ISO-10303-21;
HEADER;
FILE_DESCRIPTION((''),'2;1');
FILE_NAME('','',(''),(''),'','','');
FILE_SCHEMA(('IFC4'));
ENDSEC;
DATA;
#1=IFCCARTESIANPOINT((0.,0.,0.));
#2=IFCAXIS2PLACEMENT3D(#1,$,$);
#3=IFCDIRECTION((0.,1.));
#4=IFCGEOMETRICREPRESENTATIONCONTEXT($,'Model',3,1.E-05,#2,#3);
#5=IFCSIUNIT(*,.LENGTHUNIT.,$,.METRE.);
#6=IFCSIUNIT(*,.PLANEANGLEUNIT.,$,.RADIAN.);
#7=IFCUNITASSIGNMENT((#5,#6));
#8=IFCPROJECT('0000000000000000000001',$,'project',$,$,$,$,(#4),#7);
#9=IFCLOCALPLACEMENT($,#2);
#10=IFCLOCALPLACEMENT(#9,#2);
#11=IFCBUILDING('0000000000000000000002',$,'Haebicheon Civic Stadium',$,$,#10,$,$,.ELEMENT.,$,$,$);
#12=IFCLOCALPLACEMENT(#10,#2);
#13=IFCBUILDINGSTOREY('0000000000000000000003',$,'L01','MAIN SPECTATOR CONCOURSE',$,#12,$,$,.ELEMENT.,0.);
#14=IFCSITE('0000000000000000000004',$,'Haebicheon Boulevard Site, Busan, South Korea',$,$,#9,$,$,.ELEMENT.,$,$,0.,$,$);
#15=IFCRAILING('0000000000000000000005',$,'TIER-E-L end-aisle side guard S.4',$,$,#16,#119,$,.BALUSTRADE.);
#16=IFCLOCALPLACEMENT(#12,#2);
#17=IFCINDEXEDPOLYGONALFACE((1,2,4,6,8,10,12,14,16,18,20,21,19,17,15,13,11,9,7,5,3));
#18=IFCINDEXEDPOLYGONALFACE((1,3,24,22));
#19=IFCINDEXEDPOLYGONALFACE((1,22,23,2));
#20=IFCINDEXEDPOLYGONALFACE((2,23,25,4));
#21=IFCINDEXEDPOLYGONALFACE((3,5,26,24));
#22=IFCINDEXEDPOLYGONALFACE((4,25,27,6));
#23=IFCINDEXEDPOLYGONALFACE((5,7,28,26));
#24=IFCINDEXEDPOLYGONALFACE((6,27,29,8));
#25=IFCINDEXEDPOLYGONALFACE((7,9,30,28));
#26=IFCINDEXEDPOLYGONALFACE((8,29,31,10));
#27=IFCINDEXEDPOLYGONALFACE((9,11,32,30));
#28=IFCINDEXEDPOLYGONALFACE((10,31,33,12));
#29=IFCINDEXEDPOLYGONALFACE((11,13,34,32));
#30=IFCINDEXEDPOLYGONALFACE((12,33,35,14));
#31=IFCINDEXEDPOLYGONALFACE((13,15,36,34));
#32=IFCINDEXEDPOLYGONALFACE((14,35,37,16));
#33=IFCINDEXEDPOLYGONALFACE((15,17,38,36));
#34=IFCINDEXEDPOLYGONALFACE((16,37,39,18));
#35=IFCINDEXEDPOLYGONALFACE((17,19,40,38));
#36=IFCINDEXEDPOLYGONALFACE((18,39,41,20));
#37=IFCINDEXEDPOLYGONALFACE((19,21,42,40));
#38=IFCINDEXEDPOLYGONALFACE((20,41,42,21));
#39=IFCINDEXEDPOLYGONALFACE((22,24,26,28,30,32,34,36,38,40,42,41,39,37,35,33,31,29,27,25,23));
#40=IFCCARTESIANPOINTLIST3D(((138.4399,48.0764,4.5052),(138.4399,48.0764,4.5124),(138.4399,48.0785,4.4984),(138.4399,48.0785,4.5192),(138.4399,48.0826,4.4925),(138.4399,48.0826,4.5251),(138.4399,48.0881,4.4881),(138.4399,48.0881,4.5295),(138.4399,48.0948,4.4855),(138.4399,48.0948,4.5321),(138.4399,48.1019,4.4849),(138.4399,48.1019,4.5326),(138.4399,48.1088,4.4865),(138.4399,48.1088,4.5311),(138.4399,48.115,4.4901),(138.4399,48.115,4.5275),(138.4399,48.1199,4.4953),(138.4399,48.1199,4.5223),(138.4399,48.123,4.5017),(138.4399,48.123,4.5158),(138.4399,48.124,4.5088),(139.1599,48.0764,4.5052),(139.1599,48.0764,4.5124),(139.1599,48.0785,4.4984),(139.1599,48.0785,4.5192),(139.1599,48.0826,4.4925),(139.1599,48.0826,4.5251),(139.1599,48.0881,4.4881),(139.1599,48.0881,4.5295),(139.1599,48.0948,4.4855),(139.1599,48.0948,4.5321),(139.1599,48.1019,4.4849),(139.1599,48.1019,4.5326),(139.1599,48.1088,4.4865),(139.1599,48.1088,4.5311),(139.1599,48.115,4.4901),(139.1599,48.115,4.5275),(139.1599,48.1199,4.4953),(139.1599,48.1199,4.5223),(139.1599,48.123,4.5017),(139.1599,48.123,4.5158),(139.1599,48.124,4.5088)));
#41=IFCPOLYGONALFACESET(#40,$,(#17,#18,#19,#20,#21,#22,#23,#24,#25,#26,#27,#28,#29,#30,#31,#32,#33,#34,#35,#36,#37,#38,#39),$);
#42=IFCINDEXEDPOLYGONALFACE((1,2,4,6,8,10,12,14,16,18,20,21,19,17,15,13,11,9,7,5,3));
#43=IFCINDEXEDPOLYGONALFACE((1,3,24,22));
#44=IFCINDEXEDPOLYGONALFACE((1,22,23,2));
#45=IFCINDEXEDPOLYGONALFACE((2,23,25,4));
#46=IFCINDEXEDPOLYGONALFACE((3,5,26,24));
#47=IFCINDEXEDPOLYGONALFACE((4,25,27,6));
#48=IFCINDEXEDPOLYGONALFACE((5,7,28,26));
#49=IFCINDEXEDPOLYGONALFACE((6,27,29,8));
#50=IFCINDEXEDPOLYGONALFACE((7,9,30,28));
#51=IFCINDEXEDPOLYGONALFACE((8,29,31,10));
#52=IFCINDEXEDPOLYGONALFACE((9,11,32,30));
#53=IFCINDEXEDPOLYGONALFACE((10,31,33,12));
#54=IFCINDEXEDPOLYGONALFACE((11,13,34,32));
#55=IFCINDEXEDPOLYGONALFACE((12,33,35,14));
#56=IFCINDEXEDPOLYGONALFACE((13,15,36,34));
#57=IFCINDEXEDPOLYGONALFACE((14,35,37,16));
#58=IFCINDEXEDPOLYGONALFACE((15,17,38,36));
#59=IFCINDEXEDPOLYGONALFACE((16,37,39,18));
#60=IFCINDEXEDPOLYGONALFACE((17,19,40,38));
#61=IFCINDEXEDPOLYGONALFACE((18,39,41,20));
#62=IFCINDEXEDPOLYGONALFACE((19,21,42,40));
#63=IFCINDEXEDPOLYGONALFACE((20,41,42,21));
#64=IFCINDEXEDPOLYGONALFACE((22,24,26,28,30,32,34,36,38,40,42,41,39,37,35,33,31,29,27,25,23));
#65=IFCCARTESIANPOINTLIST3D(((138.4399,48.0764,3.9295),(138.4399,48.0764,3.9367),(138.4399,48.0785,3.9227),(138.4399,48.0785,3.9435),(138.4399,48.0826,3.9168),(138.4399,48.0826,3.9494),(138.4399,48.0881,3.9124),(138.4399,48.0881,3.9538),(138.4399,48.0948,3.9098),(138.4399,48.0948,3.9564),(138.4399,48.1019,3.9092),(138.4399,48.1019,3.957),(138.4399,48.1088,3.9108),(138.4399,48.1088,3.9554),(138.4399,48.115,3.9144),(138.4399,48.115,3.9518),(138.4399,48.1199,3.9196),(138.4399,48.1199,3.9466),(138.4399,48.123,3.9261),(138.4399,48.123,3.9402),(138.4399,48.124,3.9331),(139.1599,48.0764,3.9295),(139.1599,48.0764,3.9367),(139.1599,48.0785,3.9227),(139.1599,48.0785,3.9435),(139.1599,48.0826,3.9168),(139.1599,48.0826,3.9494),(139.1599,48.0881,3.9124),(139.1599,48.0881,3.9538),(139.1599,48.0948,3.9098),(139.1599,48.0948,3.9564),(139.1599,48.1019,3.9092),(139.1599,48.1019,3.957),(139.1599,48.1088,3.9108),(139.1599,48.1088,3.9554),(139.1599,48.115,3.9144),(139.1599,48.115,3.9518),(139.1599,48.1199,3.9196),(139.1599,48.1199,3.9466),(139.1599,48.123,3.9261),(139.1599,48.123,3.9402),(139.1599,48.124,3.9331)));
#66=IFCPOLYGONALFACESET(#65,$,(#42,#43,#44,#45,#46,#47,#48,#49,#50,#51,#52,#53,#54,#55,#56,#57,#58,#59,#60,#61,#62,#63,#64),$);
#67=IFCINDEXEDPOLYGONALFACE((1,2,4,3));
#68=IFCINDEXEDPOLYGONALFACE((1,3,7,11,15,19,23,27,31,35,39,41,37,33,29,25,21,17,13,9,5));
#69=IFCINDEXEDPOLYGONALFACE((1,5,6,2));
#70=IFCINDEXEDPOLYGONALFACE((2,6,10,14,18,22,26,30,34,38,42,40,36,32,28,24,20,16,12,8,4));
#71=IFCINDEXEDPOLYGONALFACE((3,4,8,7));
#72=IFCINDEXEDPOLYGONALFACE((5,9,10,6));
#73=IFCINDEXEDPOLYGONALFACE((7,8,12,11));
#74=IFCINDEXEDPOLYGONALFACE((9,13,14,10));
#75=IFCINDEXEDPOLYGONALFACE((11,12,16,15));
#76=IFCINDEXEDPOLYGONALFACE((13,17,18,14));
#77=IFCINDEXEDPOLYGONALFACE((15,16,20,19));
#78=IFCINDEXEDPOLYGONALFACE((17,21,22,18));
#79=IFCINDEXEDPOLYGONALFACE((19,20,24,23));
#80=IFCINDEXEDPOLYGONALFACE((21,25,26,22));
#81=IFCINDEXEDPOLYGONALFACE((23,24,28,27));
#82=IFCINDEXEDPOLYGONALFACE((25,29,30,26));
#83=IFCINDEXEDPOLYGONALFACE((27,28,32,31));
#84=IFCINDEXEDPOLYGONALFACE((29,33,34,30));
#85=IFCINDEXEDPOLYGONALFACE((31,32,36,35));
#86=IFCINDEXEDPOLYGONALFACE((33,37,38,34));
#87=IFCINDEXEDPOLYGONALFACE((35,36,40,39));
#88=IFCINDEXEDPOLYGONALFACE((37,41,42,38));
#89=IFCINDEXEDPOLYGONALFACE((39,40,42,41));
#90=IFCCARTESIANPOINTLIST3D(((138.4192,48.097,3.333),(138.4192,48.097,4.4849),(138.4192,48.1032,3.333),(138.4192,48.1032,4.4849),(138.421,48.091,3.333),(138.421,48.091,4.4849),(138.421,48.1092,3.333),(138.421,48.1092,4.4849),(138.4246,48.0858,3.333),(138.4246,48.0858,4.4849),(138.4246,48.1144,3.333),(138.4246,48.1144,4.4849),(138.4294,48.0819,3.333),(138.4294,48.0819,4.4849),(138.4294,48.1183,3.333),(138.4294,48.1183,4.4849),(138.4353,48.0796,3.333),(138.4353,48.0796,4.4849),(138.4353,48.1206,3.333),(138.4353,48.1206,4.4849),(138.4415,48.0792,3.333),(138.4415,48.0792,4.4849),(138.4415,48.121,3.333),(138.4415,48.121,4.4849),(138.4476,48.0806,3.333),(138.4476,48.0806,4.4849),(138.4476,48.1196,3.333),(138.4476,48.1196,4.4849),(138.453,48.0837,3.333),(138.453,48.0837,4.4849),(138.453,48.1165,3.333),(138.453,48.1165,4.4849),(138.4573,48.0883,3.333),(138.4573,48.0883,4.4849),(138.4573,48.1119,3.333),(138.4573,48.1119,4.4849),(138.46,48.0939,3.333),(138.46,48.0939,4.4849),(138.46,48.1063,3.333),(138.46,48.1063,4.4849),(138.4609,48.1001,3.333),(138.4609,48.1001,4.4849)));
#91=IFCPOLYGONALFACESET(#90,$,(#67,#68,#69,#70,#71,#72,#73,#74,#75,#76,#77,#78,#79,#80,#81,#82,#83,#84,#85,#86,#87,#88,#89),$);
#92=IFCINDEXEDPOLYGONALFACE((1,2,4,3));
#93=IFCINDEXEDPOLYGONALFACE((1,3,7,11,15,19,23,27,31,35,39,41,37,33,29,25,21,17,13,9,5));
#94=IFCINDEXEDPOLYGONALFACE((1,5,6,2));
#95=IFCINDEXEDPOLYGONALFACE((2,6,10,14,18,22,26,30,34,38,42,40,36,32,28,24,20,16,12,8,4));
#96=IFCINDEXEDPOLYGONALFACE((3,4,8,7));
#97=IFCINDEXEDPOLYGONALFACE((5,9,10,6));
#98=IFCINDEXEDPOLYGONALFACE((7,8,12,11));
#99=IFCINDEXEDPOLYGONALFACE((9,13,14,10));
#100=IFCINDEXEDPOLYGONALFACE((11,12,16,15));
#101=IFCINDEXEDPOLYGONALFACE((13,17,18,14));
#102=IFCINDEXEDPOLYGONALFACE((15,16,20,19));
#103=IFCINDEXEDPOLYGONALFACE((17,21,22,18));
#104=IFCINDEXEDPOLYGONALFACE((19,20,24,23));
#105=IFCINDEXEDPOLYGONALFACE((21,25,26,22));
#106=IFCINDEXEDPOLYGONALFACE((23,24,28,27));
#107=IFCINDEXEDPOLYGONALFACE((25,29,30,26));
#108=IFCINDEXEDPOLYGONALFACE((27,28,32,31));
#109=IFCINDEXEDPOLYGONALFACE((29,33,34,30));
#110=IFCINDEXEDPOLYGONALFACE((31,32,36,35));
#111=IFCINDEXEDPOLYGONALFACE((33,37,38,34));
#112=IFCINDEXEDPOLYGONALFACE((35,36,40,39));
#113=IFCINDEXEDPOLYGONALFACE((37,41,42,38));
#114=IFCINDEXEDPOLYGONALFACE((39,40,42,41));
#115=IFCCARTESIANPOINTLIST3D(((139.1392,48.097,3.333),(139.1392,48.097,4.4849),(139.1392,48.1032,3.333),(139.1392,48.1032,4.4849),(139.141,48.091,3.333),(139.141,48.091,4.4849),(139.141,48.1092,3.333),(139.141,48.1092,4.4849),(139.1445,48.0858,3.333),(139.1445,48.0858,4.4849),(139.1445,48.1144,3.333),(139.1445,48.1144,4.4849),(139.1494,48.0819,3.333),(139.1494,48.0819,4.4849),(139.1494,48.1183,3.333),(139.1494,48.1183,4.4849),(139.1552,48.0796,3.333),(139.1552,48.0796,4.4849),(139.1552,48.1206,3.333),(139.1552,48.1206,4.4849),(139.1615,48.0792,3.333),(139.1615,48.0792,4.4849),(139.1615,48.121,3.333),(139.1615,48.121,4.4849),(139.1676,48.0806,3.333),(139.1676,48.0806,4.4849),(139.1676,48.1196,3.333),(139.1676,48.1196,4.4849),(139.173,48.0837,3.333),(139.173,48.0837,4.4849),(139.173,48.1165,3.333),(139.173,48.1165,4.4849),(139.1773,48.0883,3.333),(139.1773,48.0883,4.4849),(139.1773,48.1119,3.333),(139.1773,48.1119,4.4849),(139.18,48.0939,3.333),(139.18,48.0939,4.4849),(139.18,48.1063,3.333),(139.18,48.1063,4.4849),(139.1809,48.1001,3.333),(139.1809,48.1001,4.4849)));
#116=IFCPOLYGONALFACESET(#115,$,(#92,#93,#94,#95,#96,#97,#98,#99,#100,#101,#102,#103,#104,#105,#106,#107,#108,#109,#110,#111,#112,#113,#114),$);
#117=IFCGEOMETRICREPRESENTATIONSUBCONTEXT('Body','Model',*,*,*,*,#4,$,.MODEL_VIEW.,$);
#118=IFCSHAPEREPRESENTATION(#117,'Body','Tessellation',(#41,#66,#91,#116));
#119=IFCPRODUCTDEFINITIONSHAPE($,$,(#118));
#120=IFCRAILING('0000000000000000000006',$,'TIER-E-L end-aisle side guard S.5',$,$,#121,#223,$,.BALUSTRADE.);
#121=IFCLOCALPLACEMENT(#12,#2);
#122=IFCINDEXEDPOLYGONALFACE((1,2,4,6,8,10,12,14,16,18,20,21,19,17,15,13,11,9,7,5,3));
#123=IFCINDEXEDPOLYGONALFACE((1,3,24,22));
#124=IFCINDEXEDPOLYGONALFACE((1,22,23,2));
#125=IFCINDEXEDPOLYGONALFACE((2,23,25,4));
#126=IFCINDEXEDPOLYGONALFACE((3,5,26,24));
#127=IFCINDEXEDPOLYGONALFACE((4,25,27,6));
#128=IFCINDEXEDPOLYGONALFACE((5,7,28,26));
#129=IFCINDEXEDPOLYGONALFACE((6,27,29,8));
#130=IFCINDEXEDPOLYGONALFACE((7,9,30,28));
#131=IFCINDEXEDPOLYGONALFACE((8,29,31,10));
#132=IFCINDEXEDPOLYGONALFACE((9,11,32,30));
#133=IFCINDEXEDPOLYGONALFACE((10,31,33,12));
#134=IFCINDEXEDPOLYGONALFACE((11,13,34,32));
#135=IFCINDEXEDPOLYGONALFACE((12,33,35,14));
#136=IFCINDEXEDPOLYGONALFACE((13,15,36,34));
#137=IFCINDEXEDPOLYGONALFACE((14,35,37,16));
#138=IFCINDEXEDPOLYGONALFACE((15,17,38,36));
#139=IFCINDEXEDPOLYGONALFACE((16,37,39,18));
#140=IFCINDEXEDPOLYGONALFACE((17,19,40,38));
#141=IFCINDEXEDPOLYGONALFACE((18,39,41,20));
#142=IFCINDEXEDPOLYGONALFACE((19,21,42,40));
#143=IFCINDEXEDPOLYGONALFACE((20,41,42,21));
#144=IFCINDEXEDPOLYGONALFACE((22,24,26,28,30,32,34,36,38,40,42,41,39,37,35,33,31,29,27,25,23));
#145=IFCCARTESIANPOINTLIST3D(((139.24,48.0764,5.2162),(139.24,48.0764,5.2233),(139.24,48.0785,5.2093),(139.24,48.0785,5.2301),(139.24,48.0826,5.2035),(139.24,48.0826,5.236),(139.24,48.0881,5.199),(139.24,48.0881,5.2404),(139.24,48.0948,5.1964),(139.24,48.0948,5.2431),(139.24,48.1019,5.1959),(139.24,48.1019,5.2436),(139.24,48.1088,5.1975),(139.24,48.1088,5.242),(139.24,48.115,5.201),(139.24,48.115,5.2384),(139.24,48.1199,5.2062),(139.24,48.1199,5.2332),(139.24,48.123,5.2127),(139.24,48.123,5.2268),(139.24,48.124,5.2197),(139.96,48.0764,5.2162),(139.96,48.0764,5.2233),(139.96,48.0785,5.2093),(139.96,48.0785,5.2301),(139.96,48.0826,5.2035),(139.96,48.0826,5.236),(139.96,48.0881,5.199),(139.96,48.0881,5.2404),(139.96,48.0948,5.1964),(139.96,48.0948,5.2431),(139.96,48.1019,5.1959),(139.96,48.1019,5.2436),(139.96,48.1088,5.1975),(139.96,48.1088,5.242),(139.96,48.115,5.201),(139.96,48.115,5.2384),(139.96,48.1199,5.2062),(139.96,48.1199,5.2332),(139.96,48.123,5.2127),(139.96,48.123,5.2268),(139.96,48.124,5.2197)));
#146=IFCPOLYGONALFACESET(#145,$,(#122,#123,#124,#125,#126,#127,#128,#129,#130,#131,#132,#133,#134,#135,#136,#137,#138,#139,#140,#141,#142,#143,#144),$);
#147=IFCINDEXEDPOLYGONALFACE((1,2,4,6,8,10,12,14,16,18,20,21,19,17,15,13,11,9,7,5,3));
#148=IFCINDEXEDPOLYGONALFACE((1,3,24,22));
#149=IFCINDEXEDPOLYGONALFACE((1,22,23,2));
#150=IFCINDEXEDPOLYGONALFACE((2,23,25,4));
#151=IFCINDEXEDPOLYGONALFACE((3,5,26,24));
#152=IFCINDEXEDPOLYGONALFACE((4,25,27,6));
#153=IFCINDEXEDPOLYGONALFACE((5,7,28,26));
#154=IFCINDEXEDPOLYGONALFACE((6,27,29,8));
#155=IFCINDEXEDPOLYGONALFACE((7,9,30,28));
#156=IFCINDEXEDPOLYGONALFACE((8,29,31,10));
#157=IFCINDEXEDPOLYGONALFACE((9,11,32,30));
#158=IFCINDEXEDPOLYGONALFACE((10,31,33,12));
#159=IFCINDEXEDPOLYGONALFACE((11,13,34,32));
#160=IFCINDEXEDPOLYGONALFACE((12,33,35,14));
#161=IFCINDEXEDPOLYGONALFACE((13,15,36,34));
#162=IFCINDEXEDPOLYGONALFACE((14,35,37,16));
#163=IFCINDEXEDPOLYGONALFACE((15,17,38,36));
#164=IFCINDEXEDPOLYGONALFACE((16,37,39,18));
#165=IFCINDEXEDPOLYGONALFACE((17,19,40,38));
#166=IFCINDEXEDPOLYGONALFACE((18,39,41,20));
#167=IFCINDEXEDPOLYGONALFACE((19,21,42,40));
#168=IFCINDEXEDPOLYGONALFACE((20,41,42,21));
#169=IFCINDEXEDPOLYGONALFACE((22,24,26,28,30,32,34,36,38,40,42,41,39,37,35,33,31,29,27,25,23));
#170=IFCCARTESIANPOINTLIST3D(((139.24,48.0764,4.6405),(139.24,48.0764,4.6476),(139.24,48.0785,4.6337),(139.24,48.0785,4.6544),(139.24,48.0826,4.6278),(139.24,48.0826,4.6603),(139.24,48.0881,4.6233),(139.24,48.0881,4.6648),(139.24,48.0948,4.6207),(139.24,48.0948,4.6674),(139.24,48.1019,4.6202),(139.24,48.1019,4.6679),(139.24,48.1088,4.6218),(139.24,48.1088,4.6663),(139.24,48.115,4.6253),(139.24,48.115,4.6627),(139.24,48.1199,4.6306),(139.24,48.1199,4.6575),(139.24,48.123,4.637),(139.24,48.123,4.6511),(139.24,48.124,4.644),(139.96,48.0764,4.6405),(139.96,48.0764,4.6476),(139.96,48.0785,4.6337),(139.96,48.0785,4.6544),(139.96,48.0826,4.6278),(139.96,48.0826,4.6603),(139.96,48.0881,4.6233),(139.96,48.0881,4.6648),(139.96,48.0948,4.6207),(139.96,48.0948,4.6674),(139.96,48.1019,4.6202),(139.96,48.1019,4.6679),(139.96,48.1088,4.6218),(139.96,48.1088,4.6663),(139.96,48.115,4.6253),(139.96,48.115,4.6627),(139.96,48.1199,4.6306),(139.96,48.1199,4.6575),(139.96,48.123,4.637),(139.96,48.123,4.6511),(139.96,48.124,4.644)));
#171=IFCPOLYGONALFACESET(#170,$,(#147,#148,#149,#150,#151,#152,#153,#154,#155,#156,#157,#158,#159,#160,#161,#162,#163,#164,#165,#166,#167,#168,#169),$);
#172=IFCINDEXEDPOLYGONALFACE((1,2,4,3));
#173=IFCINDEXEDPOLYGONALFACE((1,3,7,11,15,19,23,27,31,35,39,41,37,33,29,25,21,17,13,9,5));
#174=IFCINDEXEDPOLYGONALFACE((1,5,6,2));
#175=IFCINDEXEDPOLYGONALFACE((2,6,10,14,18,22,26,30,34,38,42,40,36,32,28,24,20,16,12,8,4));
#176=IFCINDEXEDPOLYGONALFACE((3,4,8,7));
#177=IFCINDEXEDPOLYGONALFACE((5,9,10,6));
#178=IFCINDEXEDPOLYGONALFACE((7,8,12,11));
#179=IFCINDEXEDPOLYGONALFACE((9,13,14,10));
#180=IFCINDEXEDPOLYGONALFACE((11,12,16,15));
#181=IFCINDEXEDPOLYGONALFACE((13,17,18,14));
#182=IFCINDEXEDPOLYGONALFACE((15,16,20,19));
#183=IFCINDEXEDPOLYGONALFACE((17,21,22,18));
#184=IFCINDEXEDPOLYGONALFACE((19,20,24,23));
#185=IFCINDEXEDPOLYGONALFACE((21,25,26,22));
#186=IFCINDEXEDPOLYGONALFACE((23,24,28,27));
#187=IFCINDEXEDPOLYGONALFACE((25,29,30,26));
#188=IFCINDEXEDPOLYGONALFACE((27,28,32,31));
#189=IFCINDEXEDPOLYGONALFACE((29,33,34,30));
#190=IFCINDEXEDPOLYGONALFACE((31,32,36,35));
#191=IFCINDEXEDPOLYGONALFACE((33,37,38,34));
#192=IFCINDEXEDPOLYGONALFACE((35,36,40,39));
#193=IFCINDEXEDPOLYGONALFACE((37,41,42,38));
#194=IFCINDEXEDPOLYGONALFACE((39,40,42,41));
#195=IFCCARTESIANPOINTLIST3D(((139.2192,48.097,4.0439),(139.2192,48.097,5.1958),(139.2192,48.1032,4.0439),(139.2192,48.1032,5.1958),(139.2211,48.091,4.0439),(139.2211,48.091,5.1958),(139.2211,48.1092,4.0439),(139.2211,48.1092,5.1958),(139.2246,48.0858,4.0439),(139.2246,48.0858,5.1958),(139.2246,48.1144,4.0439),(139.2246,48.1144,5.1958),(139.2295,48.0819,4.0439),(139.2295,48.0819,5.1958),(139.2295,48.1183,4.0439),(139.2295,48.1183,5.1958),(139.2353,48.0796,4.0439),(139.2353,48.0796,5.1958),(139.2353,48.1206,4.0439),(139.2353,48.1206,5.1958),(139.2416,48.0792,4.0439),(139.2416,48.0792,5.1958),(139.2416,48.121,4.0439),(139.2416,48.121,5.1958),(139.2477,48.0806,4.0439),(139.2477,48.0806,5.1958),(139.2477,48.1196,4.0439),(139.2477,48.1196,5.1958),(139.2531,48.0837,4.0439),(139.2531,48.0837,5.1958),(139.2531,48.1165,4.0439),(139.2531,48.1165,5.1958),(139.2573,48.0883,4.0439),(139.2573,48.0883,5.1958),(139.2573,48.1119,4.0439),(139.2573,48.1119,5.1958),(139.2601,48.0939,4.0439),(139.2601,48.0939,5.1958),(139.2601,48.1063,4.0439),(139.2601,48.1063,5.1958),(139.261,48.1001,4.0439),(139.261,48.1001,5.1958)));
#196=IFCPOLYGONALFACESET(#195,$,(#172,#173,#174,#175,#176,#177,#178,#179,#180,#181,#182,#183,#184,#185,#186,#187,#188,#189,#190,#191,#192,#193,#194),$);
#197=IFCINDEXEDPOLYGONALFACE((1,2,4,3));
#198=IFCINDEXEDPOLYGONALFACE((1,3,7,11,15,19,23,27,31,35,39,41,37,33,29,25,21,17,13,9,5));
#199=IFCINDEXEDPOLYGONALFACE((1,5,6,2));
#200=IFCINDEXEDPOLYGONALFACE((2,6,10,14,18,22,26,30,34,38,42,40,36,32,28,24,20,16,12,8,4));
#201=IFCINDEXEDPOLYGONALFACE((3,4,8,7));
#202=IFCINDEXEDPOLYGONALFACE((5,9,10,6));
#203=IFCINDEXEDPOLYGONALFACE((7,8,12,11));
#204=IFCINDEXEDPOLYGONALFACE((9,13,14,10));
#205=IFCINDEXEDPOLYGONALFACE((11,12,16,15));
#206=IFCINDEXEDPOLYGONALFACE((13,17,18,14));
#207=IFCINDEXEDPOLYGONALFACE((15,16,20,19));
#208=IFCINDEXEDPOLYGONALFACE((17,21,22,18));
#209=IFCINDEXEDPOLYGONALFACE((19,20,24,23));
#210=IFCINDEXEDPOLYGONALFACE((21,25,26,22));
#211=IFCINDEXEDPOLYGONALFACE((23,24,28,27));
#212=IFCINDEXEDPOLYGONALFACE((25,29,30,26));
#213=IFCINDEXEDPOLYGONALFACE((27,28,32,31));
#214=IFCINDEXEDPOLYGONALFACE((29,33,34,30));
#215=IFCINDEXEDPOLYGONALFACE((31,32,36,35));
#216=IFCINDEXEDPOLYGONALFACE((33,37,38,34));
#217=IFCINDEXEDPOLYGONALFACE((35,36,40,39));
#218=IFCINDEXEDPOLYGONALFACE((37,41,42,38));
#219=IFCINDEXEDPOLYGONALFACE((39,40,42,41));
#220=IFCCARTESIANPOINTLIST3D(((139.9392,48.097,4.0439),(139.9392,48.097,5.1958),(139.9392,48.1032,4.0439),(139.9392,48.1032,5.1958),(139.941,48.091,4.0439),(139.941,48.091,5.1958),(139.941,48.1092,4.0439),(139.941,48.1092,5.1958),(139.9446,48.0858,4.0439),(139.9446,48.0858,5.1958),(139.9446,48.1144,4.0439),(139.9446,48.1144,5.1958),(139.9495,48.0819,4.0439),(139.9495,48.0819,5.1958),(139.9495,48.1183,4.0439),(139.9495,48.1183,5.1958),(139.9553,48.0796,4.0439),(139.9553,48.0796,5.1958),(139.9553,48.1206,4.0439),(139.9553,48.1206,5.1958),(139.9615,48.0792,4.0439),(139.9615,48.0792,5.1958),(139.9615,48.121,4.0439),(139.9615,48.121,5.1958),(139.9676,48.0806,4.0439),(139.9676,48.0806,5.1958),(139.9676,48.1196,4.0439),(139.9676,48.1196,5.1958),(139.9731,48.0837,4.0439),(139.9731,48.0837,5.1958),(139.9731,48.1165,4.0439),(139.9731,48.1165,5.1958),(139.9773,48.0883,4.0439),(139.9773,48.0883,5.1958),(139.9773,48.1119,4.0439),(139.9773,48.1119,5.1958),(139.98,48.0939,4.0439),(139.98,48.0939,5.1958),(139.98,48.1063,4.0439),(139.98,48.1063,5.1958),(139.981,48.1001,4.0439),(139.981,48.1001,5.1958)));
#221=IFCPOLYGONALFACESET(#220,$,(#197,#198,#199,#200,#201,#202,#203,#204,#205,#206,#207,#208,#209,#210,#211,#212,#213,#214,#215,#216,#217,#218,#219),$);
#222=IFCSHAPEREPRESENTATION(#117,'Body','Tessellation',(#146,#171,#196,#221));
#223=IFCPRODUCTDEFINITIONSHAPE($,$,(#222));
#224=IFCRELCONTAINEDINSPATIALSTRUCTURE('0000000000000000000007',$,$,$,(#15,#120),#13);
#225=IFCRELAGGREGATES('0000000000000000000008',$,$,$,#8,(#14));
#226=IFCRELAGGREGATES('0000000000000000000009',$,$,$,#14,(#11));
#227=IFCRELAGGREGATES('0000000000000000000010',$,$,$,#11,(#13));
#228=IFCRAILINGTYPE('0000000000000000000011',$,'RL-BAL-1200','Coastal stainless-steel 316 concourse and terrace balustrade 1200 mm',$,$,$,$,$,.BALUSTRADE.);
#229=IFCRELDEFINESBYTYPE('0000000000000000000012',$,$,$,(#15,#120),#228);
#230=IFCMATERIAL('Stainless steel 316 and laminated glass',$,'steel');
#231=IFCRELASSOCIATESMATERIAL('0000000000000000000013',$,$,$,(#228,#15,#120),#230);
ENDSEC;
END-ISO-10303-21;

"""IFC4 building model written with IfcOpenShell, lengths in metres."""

from ifc_helpers import new_model, si_unit, direction, frame, origin, origin_2d, place, context, subcontext, project, spatial, circle, extrude, material, type_object, element, save


model = new_model("IFC4")

# Units and contexts
model_context = context("Model", 3, precision=1e-05, world=origin(), true_north=direction((0.0, 1.0)))
body_context = subcontext(model_context, "Body", "Model", "MODEL_VIEW")
ifc_project = project(units=[si_unit("LENGTHUNIT", "METRE"), si_unit("PLANEANGLEUNIT", "RADIAN")], contexts=[model_context])

# Site, building, storey
site_placement = place(None, origin())
site = spatial("IfcSite", under=ifc_project, at=site_placement, Name="Haebicheon Boulevard Site, Busan, South Korea", CompositionType="ELEMENT", RefElevation=0.0)
building_placement = place(site_placement, origin())
building = spatial("IfcBuilding", under=site, at=building_placement, Name="Haebicheon Civic Stadium", CompositionType="ELEMENT")
storey_placement = place(building_placement, origin())
storey = spatial("IfcBuildingStorey", under=building, at=storey_placement, Name="L01", Description="MAIN SPECTATOR CONCOURSE", CompositionType="ELEMENT", Elevation=0.0)

# Railings
ifc_material_1 = material(Name="Stainless steel 316 and laminated glass", Category="steel")
railing_type = type_object("IfcRailingType", Name="RL-BAL-1200", Description="Coastal stainless-steel 316 concourse and terrace balustrade 1200 mm", PredefinedType="BALUSTRADE", material=ifc_material_1)
for number, where, name in (
    (1, (138.4399, 48.1001, 3.333), "TIER-E-L end-aisle side guard S.4"),
    (2, (139.24, 48.1001, 4.0439), "TIER-E-L end-aisle side guard S.5"),
):
    element("IfcRailing", number, at=place(storey_placement, frame(where)), inside=storey, type_object=railing_type, material=ifc_material_1, Name=name, PredefinedType="BALUSTRADE", context=body_context, shape_type="SweptSolid", body=[
        extrude(circle(Radius=0.0239, at=origin_2d()), frame((0.0, 0.0, 1.1758), z_axis=(1.0, 0.0, 0.0), x_axis=(0.0, 1.0, 0.0)), (0.0, 0.0, 1.0), 0.72),
        extrude(circle(Radius=0.0239, at=origin_2d()), frame((0.0, 0.0, 0.6001), z_axis=(1.0, 0.0, 0.0), x_axis=(0.0, 1.0, 0.0)), (0.0, 0.0, 1.0), 0.72),
        extrude(circle(Radius=0.021, at=origin_2d()), origin(), (0.0, 0.0, 1.0), 1.1519),
        extrude(circle(Radius=0.021, at=origin_2d()), frame((0.72, 0.0, 0.0)), (0.0, 0.0, 1.0), 1.1519),
    ])

save(model, "model.ifc")
